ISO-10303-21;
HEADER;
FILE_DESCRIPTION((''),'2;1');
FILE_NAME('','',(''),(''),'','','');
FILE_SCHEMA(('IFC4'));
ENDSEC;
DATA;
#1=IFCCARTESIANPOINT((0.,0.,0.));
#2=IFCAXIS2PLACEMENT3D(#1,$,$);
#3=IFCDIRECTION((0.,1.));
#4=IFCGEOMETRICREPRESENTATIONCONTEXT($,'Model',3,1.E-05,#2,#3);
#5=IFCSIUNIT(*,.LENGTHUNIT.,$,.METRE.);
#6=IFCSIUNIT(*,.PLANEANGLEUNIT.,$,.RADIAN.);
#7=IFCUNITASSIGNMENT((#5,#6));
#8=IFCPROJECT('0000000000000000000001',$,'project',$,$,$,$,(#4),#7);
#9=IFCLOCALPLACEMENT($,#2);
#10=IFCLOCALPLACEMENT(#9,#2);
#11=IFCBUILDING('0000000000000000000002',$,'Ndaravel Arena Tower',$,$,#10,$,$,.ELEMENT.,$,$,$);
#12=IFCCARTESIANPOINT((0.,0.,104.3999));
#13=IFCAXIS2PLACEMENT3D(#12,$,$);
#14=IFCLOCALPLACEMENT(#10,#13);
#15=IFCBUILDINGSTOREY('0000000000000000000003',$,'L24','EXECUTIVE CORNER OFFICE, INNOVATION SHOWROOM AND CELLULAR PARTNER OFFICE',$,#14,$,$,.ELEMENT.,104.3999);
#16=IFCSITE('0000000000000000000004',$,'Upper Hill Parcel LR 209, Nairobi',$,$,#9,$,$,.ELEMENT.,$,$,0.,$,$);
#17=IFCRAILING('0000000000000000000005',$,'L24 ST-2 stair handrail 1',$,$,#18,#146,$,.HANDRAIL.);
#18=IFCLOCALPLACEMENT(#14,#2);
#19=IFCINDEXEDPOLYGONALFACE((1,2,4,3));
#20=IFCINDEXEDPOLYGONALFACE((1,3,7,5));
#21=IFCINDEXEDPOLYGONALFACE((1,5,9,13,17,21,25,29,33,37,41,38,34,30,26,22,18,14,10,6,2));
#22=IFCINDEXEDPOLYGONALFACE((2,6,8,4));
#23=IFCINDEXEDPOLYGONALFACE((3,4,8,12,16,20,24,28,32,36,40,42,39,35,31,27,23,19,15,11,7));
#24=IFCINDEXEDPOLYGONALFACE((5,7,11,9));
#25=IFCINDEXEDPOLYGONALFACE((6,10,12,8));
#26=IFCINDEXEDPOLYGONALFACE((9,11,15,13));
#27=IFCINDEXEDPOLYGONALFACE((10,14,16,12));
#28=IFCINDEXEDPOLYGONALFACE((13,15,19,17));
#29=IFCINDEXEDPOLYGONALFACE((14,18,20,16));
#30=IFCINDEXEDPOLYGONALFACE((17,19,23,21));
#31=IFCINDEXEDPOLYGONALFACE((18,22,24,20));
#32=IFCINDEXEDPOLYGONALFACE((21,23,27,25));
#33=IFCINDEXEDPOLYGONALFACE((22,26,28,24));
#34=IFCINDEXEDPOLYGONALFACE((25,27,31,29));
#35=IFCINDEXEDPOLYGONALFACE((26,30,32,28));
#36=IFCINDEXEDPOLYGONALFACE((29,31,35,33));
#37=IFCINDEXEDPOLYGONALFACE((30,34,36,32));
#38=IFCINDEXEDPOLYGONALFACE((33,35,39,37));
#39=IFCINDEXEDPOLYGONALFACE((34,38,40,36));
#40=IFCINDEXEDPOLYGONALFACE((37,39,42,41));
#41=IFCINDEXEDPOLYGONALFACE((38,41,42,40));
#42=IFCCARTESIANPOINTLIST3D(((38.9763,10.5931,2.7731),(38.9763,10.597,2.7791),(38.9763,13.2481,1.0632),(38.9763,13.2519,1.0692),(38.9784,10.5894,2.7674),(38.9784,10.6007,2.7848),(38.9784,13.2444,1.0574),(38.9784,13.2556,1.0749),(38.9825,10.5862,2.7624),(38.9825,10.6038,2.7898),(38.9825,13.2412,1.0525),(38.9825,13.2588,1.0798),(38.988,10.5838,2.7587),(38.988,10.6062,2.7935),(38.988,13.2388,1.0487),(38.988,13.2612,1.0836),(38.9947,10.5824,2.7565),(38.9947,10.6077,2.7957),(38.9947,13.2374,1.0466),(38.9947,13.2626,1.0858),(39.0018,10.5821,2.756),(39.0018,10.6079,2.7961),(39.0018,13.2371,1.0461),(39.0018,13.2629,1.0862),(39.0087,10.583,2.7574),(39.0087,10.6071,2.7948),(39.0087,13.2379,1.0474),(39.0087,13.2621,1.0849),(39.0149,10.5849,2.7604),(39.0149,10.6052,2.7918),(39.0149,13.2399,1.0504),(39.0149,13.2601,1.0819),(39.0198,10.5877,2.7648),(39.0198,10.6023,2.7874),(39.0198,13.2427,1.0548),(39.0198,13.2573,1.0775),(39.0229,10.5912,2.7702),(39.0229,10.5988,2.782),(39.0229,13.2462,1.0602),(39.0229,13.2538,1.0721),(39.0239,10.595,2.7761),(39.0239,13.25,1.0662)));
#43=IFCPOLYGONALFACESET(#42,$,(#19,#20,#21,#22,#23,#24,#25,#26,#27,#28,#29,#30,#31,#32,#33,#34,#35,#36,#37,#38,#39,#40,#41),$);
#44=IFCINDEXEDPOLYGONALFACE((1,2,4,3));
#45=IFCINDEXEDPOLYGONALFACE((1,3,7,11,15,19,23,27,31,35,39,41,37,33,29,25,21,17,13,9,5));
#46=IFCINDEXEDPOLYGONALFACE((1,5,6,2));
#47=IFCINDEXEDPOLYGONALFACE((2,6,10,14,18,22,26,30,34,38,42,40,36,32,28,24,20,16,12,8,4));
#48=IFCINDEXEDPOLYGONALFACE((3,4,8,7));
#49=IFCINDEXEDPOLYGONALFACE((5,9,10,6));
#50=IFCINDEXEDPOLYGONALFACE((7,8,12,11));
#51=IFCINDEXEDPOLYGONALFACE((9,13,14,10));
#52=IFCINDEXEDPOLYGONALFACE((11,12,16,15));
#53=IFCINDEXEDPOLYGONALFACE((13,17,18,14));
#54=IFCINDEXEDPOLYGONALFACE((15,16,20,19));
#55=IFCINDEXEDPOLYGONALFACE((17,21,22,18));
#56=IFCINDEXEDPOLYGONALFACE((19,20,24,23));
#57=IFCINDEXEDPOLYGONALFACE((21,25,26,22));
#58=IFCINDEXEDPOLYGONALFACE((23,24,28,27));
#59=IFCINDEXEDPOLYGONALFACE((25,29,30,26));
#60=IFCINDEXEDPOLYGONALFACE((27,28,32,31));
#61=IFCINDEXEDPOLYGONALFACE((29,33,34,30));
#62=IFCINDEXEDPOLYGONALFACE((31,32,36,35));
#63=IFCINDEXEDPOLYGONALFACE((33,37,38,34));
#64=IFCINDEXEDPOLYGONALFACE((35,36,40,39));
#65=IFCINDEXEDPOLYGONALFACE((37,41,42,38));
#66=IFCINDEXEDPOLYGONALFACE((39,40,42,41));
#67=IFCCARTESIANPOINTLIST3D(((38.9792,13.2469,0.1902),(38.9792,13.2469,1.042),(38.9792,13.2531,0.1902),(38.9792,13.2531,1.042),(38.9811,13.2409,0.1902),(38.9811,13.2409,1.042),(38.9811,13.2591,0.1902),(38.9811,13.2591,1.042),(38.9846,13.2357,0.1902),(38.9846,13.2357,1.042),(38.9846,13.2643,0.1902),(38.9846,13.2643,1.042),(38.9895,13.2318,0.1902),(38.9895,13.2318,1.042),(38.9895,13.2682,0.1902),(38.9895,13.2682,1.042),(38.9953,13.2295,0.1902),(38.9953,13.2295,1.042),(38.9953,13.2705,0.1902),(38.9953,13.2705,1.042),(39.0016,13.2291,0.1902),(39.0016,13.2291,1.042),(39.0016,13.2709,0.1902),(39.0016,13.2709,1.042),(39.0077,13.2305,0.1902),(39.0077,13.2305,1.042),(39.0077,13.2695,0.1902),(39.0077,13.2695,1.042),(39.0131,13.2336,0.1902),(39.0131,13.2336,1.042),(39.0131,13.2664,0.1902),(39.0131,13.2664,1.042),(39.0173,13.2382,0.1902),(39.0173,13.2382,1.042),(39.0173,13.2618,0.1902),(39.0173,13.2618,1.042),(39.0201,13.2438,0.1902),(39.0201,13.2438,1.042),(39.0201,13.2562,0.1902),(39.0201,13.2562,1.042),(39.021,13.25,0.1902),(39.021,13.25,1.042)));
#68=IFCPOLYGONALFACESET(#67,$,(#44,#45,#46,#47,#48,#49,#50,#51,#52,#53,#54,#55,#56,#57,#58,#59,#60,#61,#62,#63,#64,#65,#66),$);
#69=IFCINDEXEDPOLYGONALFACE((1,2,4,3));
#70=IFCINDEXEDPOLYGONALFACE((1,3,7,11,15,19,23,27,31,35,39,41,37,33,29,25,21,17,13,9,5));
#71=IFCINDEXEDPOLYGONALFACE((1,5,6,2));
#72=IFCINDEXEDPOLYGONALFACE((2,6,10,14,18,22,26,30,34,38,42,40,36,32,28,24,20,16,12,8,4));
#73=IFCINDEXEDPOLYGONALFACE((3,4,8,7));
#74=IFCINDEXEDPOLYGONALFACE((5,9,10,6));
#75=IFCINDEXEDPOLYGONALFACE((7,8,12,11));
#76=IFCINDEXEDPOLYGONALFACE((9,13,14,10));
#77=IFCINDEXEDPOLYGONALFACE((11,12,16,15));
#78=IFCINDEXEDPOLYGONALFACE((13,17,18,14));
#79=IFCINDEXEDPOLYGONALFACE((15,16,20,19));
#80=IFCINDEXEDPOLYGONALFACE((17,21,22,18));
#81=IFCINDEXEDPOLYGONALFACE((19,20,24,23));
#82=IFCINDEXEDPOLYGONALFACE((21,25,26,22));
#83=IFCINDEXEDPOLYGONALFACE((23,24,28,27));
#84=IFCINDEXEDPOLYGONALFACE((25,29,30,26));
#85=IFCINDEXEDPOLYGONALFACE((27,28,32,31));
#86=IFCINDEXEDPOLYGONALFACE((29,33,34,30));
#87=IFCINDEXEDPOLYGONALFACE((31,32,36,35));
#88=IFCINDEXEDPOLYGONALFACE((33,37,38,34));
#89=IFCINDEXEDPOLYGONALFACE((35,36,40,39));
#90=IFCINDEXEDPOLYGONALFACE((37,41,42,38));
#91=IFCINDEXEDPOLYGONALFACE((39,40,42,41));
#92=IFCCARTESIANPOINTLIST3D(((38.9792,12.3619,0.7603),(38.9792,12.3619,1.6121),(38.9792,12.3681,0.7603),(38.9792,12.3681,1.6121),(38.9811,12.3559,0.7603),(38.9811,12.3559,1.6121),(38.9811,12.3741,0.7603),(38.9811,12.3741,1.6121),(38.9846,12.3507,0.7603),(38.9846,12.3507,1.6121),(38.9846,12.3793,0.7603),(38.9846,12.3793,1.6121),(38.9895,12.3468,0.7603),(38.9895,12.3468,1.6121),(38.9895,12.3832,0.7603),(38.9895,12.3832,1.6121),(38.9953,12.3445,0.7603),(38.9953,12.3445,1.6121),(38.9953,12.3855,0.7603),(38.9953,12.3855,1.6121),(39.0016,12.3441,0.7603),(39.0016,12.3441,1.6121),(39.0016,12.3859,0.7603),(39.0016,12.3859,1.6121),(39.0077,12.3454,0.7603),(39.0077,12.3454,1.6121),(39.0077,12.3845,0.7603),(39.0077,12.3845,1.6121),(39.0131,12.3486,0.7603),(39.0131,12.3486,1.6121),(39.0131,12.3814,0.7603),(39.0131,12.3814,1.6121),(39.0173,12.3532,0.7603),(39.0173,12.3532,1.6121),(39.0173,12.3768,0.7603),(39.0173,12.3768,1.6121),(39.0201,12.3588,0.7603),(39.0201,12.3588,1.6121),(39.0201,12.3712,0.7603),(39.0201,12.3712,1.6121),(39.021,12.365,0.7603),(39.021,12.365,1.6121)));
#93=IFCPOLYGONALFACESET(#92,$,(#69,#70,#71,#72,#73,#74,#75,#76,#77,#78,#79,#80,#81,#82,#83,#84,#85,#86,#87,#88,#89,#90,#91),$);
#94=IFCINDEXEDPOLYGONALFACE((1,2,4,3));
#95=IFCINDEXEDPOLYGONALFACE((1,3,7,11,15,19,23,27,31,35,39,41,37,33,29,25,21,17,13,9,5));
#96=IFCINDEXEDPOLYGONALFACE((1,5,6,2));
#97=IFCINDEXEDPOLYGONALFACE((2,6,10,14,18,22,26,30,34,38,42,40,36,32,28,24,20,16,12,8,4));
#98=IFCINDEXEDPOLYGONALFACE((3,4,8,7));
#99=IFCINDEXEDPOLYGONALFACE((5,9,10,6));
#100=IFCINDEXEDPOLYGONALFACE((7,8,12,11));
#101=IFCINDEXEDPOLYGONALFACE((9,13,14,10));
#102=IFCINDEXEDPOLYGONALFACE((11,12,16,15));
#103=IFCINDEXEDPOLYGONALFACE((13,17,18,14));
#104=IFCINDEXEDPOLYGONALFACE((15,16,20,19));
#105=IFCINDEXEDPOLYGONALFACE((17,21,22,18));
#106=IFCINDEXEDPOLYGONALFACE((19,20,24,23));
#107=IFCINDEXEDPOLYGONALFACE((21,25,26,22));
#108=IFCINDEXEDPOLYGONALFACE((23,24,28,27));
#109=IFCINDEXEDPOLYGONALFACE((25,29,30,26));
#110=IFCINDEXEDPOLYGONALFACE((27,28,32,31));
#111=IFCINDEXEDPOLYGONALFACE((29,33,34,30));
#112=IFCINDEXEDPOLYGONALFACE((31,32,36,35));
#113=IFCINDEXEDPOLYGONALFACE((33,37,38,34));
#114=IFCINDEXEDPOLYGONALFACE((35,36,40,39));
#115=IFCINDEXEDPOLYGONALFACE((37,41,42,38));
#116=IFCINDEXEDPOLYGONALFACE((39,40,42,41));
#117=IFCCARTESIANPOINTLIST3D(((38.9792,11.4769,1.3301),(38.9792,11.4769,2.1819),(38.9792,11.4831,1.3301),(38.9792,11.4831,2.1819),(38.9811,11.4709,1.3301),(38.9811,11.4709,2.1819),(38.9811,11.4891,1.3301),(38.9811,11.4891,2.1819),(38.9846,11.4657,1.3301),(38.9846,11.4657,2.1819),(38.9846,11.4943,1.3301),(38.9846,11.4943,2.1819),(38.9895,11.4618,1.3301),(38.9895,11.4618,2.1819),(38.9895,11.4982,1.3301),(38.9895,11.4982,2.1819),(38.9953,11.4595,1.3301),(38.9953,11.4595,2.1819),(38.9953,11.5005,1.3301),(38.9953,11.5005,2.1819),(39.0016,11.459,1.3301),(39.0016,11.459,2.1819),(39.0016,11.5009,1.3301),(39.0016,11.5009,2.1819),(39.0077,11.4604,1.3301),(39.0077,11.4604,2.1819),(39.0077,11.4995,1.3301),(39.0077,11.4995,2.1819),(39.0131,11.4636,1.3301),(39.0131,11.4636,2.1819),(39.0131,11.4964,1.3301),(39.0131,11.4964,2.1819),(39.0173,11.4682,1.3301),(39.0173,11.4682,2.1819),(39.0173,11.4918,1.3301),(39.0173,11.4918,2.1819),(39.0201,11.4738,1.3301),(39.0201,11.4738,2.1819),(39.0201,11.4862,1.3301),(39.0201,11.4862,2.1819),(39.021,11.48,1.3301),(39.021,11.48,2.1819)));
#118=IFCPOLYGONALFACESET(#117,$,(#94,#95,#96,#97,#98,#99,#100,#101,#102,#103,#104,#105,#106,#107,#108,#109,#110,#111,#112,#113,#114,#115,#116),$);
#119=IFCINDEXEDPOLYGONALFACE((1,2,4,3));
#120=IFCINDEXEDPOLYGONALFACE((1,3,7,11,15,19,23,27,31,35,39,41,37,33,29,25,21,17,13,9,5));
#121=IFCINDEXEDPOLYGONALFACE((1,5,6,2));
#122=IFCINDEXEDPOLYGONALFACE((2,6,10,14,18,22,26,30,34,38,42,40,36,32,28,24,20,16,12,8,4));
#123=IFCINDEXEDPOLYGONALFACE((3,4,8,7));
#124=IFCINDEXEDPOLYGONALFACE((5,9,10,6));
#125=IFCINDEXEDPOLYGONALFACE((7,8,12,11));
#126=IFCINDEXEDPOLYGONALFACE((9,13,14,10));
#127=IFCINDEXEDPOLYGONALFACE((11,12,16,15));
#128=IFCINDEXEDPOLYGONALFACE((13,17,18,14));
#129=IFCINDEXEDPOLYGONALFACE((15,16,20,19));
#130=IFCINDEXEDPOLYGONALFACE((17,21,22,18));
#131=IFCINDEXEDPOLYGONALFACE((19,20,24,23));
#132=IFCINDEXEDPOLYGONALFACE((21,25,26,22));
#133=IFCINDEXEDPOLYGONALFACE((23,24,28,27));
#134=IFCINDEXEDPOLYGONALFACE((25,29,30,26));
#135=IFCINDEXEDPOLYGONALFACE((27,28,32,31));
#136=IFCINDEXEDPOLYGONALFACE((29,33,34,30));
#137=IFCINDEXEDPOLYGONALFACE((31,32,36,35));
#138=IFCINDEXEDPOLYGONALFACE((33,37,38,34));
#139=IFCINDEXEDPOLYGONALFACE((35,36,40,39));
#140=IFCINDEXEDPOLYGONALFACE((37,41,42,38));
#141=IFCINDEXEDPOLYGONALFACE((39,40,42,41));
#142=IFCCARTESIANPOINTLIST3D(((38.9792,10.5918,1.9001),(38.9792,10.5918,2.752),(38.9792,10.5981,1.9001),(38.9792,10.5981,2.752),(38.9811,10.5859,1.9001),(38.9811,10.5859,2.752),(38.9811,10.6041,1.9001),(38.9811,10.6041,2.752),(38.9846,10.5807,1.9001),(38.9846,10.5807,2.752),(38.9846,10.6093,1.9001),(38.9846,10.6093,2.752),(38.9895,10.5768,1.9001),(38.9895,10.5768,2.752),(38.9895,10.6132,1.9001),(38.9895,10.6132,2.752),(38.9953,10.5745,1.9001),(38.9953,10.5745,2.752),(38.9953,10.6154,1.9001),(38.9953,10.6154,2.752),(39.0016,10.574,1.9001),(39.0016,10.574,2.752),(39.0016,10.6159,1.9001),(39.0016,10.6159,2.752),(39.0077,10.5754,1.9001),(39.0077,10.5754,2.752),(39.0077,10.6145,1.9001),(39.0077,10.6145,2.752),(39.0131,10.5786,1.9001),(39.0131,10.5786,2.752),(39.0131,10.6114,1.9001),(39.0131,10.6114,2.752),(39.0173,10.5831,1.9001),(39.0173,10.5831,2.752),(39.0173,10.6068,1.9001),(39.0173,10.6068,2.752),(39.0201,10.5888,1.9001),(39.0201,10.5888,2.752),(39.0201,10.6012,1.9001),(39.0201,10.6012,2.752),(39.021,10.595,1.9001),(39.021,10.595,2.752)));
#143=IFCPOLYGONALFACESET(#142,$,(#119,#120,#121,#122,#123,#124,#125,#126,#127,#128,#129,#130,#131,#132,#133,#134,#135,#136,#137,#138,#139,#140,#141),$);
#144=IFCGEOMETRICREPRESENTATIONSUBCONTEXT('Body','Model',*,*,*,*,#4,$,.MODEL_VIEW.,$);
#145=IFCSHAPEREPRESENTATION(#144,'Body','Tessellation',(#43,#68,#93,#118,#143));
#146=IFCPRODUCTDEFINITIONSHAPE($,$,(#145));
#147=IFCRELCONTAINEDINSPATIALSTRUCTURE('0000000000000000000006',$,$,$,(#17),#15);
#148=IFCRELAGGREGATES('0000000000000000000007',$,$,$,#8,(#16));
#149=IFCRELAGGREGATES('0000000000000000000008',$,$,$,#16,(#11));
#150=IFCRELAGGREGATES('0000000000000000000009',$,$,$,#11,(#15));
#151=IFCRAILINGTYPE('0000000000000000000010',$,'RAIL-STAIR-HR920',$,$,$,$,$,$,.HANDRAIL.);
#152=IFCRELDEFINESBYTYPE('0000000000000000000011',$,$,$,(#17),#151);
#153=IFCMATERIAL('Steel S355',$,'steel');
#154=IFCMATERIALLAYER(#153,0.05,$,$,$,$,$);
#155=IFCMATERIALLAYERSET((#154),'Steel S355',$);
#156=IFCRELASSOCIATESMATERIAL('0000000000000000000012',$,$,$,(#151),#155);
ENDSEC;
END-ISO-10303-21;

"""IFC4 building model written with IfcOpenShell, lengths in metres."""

from ifc_helpers import new_model, si_unit, direction, frame, origin, origin_2d, place, context, subcontext, project, spatial, circle, extrude, material, layer, layer_set, type_object, element, save


model = new_model("IFC4")

# Units and contexts
model_context = context("Model", 3, precision=1e-05, world=origin(), true_north=direction((0.0, 1.0)))
body_context = subcontext(model_context, "Body", "Model", "MODEL_VIEW")
ifc_project = project(units=[si_unit("LENGTHUNIT", "METRE"), si_unit("PLANEANGLEUNIT", "RADIAN")], contexts=[model_context])

# Site, building, storey
site_placement = place(None, origin())
site = spatial("IfcSite", under=ifc_project, at=site_placement, Name="Upper Hill Parcel LR 209, Nairobi", CompositionType="ELEMENT", RefElevation=0.0)
building_placement = place(site_placement, origin())
building = spatial("IfcBuilding", under=site, at=building_placement, Name="Ndaravel Arena Tower", CompositionType="ELEMENT")
storey_placement = place(building_placement, frame((0.0, 0.0, 104.3999)))
storey = spatial("IfcBuildingStorey", under=building, at=storey_placement, Name="L24", Description="EXECUTIVE CORNER OFFICE, INNOVATION SHOWROOM AND CELLULAR PARTNER OFFICE", CompositionType="ELEMENT", Elevation=104.3999)

# Railing
ifc_material_1 = material(Name="Steel S355", Category="steel")
ifc_layer_1 = layer(ifc_material_1, 0.05)
ifc_layer_set_1 = layer_set([ifc_layer_1], Name="Steel S355")
railing_type_1 = type_object("IfcRailingType", Name="RAIL-STAIR-HR920", PredefinedType="HANDRAIL", material=ifc_layer_set_1)
railing_1_placement = place(storey_placement, frame((39.0, 13.25, 0.1902)))
element("IfcRailing", 1, at=railing_1_placement, inside=storey, type_object=railing_type_1, Name="L24 ST-2 stair handrail 1", PredefinedType="HANDRAIL", context=body_context, shape_type="SweptSolid", body=[
    extrude(circle(Radius=0.0239, at=origin_2d()), frame((0.0, 0.0, 0.876), z_axis=(0.0, -0.840724, 0.541465), x_axis=(1.0, 0.0, 0.0)), (0.0, 0.0, 1.0), 3.158),
    extrude(circle(Radius=0.021, at=origin_2d()), origin(), (0.0, 0.0, 1.0), 0.8518),
    extrude(circle(Radius=0.021, at=origin_2d()), frame((0.0, -0.885, 0.5701)), (0.0, 0.0, 1.0), 0.8518),
    extrude(circle(Radius=0.021, at=origin_2d()), frame((0.0, -1.77, 1.1399)), (0.0, 0.0, 1.0), 0.8518),
    extrude(circle(Radius=0.021, at=origin_2d()), frame((0.0, -2.655, 1.71)), (0.0, 0.0, 1.0), 0.8518),
])

save(model, "model.ifc")
